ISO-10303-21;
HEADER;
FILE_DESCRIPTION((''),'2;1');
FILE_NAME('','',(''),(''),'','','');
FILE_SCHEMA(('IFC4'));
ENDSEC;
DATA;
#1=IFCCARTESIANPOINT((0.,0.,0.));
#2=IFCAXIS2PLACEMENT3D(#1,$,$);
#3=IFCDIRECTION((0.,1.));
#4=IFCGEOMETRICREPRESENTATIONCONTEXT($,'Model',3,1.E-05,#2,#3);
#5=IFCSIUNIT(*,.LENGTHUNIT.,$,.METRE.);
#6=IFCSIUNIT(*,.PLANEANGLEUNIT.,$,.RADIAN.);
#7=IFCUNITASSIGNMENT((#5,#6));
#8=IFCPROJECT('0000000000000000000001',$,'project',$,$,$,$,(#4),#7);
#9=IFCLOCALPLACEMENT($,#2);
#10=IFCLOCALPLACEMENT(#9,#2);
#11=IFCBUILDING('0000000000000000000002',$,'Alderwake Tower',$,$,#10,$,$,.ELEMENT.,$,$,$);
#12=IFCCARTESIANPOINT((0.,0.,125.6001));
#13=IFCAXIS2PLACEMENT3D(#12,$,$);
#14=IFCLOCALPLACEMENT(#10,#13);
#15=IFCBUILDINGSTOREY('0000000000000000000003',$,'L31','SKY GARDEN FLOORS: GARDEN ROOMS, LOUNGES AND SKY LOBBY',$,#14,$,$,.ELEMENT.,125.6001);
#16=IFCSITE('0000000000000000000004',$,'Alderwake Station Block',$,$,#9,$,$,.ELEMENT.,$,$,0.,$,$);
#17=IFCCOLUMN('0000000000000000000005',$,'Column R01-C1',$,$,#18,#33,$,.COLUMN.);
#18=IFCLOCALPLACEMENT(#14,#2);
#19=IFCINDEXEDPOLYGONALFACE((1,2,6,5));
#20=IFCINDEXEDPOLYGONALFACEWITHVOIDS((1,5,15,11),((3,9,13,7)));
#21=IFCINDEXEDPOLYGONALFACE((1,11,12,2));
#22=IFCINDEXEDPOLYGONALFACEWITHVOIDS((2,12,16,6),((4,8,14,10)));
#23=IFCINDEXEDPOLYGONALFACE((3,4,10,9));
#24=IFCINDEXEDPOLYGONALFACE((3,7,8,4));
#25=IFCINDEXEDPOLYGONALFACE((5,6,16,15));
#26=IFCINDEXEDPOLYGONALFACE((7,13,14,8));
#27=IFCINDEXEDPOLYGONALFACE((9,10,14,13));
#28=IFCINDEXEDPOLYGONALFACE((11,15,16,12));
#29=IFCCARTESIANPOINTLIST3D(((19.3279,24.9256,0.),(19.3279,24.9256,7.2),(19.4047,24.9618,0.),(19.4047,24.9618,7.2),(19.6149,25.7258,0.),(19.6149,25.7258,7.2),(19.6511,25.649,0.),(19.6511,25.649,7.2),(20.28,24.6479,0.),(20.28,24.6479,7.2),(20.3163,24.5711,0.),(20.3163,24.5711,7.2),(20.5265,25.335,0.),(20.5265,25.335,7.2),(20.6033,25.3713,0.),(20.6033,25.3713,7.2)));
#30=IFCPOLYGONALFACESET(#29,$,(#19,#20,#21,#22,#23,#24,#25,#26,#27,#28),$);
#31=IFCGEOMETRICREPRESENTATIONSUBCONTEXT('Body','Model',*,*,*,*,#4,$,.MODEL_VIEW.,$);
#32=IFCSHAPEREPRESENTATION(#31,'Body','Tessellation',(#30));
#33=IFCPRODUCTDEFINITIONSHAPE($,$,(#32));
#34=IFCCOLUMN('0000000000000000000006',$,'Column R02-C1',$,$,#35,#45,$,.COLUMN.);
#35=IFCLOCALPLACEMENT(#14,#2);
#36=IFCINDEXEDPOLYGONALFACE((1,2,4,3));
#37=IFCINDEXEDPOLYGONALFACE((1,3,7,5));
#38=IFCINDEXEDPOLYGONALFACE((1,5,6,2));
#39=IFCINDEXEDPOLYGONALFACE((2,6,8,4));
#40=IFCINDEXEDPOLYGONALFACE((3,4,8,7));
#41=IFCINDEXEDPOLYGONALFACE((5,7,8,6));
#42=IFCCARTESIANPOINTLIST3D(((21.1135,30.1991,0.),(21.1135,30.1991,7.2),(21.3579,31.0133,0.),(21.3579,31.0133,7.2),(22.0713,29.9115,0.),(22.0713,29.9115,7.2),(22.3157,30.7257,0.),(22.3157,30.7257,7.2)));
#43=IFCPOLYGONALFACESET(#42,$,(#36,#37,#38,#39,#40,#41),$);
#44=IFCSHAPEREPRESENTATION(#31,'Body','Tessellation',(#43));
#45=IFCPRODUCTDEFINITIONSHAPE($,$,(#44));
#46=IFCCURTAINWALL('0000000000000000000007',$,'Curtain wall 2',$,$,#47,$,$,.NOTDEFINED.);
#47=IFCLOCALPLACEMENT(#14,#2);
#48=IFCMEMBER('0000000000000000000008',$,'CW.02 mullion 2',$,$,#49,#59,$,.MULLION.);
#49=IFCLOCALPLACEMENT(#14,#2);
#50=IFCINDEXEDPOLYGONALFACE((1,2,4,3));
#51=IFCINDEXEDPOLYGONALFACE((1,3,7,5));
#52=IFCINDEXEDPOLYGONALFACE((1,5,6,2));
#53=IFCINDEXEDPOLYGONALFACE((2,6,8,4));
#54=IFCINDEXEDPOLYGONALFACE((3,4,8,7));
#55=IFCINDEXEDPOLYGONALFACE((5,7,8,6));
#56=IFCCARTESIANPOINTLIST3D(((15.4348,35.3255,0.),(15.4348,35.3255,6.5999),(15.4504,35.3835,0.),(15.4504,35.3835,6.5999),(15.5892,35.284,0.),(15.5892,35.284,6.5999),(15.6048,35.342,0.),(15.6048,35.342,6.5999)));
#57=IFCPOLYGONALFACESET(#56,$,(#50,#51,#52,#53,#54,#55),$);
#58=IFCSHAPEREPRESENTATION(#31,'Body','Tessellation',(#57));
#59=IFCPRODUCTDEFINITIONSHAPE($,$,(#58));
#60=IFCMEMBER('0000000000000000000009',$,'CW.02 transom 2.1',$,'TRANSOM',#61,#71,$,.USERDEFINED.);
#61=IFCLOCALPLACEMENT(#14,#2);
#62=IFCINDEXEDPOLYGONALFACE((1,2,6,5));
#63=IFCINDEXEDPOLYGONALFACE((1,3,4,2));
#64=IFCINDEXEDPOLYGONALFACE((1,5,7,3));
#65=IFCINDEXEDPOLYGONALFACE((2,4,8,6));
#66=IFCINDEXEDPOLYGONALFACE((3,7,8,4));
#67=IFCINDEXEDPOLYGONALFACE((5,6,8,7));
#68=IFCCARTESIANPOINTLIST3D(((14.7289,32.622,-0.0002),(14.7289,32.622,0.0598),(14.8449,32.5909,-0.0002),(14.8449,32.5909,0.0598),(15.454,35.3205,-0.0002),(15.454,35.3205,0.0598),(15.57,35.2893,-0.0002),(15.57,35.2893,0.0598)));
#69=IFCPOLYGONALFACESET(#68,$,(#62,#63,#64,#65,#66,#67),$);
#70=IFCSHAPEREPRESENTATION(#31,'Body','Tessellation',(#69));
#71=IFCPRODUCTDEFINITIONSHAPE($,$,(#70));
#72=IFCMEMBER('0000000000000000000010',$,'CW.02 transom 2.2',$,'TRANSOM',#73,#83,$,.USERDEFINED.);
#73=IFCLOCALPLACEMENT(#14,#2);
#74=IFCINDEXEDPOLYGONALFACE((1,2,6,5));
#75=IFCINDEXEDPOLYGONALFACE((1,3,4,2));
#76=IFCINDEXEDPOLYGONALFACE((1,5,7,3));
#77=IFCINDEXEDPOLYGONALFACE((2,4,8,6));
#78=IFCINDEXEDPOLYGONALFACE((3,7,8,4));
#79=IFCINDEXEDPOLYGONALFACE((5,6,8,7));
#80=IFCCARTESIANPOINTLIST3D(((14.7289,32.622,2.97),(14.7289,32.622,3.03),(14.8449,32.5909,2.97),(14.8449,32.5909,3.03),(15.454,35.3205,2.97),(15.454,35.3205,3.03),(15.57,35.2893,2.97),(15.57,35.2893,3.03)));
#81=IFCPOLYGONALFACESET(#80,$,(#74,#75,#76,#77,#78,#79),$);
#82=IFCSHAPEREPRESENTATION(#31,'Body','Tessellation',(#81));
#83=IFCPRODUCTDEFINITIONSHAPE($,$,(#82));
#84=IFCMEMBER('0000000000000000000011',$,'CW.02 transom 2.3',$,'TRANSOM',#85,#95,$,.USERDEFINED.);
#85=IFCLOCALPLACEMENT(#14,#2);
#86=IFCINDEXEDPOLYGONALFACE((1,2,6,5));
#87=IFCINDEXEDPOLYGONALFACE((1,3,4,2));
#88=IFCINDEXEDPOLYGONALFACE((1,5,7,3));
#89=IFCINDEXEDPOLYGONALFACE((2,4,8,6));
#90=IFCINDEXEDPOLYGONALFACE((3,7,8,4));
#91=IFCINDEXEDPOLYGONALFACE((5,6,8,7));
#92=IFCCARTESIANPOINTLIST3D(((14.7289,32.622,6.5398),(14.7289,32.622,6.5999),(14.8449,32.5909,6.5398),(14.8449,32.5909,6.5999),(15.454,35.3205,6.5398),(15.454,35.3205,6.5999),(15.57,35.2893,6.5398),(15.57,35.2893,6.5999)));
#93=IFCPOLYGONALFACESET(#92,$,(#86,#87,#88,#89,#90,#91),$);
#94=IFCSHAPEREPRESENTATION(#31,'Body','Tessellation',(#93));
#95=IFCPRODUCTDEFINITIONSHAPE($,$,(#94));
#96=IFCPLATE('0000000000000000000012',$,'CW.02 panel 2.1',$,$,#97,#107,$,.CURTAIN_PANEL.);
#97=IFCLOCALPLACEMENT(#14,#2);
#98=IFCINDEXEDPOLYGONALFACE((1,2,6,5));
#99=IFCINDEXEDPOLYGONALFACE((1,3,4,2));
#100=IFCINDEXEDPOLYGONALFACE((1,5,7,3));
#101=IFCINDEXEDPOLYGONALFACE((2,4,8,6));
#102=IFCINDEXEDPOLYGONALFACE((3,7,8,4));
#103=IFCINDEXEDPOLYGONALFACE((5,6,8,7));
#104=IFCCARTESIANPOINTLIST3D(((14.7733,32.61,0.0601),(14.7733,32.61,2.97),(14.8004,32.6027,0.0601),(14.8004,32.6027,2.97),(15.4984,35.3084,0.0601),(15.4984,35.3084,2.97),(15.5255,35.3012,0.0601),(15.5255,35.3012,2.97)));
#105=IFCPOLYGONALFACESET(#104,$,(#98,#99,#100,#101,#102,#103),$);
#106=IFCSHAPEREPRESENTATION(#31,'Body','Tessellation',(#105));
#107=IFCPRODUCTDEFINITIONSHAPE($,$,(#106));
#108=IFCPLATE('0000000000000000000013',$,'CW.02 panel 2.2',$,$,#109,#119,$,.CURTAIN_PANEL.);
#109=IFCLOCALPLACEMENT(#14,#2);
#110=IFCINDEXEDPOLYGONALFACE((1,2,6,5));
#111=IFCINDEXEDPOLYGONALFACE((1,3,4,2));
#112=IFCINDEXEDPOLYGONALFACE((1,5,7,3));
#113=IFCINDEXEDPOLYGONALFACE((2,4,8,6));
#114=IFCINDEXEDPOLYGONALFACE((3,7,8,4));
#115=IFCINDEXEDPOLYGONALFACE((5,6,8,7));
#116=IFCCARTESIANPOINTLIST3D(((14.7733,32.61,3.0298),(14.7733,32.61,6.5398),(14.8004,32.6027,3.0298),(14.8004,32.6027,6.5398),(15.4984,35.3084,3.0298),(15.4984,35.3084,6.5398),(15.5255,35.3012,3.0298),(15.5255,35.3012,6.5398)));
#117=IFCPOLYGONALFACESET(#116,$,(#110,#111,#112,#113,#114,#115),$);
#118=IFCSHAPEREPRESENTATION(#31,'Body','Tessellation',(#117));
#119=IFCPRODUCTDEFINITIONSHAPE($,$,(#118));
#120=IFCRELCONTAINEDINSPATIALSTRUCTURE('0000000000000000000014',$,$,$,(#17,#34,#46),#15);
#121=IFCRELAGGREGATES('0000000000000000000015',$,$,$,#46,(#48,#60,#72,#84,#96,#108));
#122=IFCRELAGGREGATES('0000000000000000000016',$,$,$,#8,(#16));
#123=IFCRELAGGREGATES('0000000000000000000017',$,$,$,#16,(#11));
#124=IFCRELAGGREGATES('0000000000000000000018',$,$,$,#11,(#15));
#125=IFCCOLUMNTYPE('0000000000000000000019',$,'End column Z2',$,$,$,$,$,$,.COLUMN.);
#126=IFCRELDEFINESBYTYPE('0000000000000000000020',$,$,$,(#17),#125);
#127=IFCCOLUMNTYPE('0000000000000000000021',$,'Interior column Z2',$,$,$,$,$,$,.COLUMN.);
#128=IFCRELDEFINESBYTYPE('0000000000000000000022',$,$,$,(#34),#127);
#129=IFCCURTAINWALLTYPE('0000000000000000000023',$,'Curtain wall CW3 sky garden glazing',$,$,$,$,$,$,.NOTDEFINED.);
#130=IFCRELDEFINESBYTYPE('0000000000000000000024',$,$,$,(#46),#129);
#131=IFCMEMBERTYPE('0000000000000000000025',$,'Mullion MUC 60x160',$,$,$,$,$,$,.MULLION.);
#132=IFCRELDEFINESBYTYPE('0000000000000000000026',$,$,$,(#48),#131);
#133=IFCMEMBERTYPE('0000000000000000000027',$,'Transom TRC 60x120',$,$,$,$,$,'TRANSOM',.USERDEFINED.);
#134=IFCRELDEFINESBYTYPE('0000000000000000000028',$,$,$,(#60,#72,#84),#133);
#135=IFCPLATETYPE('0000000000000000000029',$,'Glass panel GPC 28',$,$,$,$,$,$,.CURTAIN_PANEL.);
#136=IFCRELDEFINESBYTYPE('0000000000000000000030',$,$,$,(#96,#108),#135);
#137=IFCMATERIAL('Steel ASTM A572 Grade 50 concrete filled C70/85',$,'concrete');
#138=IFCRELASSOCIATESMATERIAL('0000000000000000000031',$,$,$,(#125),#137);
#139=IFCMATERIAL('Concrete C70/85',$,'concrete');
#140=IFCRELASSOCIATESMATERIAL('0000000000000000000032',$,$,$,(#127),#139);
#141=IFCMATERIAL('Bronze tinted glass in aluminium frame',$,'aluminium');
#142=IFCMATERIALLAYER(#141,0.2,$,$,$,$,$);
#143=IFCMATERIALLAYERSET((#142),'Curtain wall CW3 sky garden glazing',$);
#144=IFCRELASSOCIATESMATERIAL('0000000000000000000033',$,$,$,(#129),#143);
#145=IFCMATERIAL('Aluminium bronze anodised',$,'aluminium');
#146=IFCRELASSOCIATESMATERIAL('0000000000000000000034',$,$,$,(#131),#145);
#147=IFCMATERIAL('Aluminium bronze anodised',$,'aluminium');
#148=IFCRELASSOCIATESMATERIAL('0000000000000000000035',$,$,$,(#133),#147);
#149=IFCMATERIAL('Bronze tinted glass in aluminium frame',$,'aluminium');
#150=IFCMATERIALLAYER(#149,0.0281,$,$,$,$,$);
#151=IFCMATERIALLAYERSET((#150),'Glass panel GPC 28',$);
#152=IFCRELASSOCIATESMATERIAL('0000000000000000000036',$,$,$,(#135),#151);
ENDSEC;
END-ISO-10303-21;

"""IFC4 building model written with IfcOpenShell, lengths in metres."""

from ifc_helpers import new_model, si_unit, direction, frame, origin, origin_2d, place, context, subcontext, project, spatial, rectangle, hollow_rectangle, extrude, material, layer, layer_set, material_profile, profile_set, type_object, element, aggregate, save


model = new_model("IFC4")

# Units and contexts
model_context = context("Model", 3, precision=1e-05, world=origin(), true_north=direction((0.0, 1.0)))
body_context = subcontext(model_context, "Body", "Model", "MODEL_VIEW")
ifc_project = project(units=[si_unit("LENGTHUNIT", "METRE"), si_unit("PLANEANGLEUNIT", "RADIAN")], contexts=[model_context])

# Site, building, storey
site_placement = place(None, origin())
site = spatial("IfcSite", under=ifc_project, at=site_placement, Name="Alderwake Station Block", CompositionType="ELEMENT", RefElevation=0.0)
building_placement = place(site_placement, origin())
building = spatial("IfcBuilding", under=site, at=building_placement, Name="Alderwake Tower", CompositionType="ELEMENT")
storey_placement = place(building_placement, frame((0.0, 0.0, 125.6001)))
storey = spatial("IfcBuildingStorey", under=building, at=storey_placement, Name="L31", Description="SKY GARDEN FLOORS: GARDEN ROOMS, LOUNGES AND SKY LOBBY", CompositionType="ELEMENT", Elevation=125.6001)

# Columns
ifc_material_1 = material(Name="Steel ASTM A572 Grade 50 concrete filled C70/85", Category="concrete")
ifc_material_profile_1 = material_profile(ifc_material_1, hollow_rectangle(XDim=0.8501, YDim=1.05, WallThickness=0.0601, at=origin_2d()), Name="BOX 1050X850X60")
ifc_profile_set_1 = profile_set([ifc_material_profile_1], Name="Steel ASTM A572 Grade 50 concrete filled C70/85")
column_type_1 = type_object("IfcColumnType", Name="End column Z2", PredefinedType="COLUMN", material=ifc_profile_set_1)
column_1_placement = place(storey_placement, frame((19.9656, 25.1484, 0.0), z_axis=(0.0, 0.0, 1.0), x_axis=(0.337585, 0.941295, 0.0)))
element("IfcColumn", 1, at=column_1_placement, inside=storey, type_object=column_type_1, Name="Column R01-C1", PredefinedType="COLUMN", context=body_context, shape_type="SweptSolid", body=[
    extrude(hollow_rectangle(XDim=0.8501, YDim=1.05, WallThickness=0.0601, at=origin_2d()), origin(), (0.0, 0.0, 1.0), 7.2),
])
ifc_material_2 = material(Name="Concrete C70/85", Category="concrete")
ifc_material_profile_2 = material_profile(ifc_material_2, rectangle(XDim=0.8501, YDim=1.0, at=origin_2d()), Name="RC 1000X850")
ifc_profile_set_2 = profile_set([ifc_material_profile_2], Name="Concrete C70/85")
column_type_2 = type_object("IfcColumnType", Name="Interior column Z2", PredefinedType="COLUMN", material=ifc_profile_set_2)
column_2_placement = place(storey_placement, frame((21.7146, 30.4624, 0.0), z_axis=(0.0, 0.0, 1.0), x_axis=(0.287549, 0.957766, 0.0)))
element("IfcColumn", 2, at=column_2_placement, inside=storey, type_object=column_type_2, Name="Column R02-C1", PredefinedType="COLUMN", context=body_context, shape_type="SweptSolid", body=[
    extrude(rectangle(XDim=0.8501, YDim=1.0, at=origin_2d()), origin(), (0.0, 0.0, 1.0), 7.2),
])

# Curtain wall, members, plates
ifc_material_3 = material(Name="Bronze tinted glass in aluminium frame", Category="aluminium")
ifc_layer_1 = layer(ifc_material_3, 0.2)
ifc_layer_set_1 = layer_set([ifc_layer_1], Name="Curtain wall CW3 sky garden glazing")
curtain_wall_type = type_object("IfcCurtainWallType", Name="Curtain wall CW3 sky garden glazing", PredefinedType="NOTDEFINED", material=ifc_layer_set_1)
curtain_wall_placement = place(storey_placement, origin())
curtain_wall = element("IfcCurtainWall", 3, at=curtain_wall_placement, inside=storey, type_object=curtain_wall_type, Name="Curtain wall 2", PredefinedType="NOTDEFINED")
ifc_material_4 = material(Name="Aluminium bronze anodised", Category="aluminium")
ifc_material_profile_3 = material_profile(ifc_material_4, rectangle(XDim=0.1599, YDim=0.0601, at=origin_2d()), Name="Mullion MUC 60x160")
ifc_profile_set_3 = profile_set([ifc_material_profile_3], Name="Aluminium bronze anodised")
member_type_1 = type_object("IfcMemberType", Name="Mullion MUC 60x160", PredefinedType="MULLION", material=ifc_profile_set_3)
member_1_placement = place(storey_placement, frame((15.5198, 35.3337, 0.0), z_axis=(0.0, 0.0, 1.0), x_axis=(0.965748, -0.259484, 0.0)))
member_1 = element("IfcMember", 4, at=member_1_placement, type_object=member_type_1, Name="CW.02 mullion 2", PredefinedType="MULLION", context=body_context, shape_type="SweptSolid", body=[
    extrude(rectangle(XDim=0.1599, YDim=0.0601, at=origin_2d()), origin(), (0.0, 0.0, 1.0), 6.5999),
])
ifc_material_5 = material(Name="Aluminium bronze anodised", Category="aluminium")
ifc_material_profile_4 = material_profile(ifc_material_5, rectangle(XDim=0.1201, YDim=0.0601, at=origin_2d()), Name="Transom TRC 60x120")
ifc_profile_set_4 = profile_set([ifc_material_profile_4], Name="Aluminium bronze anodised")
member_type_2 = type_object("IfcMemberType", Name="Transom TRC 60x120", ElementType="TRANSOM", PredefinedType="USERDEFINED", material=ifc_profile_set_4)
member_2_placement = place(storey_placement, frame((15.512, 35.3049, 0.0298), z_axis=(-0.2595, -0.965743, 0.0), x_axis=(0.965743, -0.2595, 0.0)))
member_2 = element("IfcMember", 5, at=member_2_placement, type_object=member_type_2, Name="CW.02 transom 2.1", ObjectType="TRANSOM", PredefinedType="USERDEFINED", context=body_context, shape_type="SweptSolid", body=[
    extrude(rectangle(XDim=0.1201, YDim=0.0601, at=origin_2d()), origin(), (0.0, 0.0, 1.0), 2.7942),
])
member_3_placement = place(storey_placement, frame((15.512, 35.3049, 3.0), z_axis=(-0.2595, -0.965743, 0.0), x_axis=(0.965743, -0.2595, 0.0)))
member_3 = element("IfcMember", 6, at=member_3_placement, type_object=member_type_2, Name="CW.02 transom 2.2", ObjectType="TRANSOM", PredefinedType="USERDEFINED", context=body_context, shape_type="SweptSolid", body=[
    extrude(rectangle(XDim=0.1201, YDim=0.0601, at=origin_2d()), origin(), (0.0, 0.0, 1.0), 2.7942),
])
member_4_placement = place(storey_placement, frame((15.512, 35.3049, 6.5698), z_axis=(-0.2595, -0.965743, 0.0), x_axis=(0.965743, -0.2595, 0.0)))
member_4 = element("IfcMember", 7, at=member_4_placement, type_object=member_type_2, Name="CW.02 transom 2.3", ObjectType="TRANSOM", PredefinedType="USERDEFINED", context=body_context, shape_type="SweptSolid", body=[
    extrude(rectangle(XDim=0.1201, YDim=0.0601, at=origin_2d()), origin(), (0.0, 0.0, 1.0), 2.7942),
])
ifc_material_6 = material(Name="Bronze tinted glass in aluminium frame", Category="aluminium")
ifc_layer_2 = layer(ifc_material_6, 0.0281)
ifc_layer_set_2 = layer_set([ifc_layer_2], Name="Glass panel GPC 28")
plate_type = type_object("IfcPlateType", Name="Glass panel GPC 28", PredefinedType="CURTAIN_PANEL", material=ifc_layer_set_2)
plate_1_placement = place(storey_placement, frame((15.1494, 33.9556, 0.0601), z_axis=(0.0, 0.0, 1.0), x_axis=(-0.259484, -0.965748, 0.0)))
plate_1 = element("IfcPlate", 8, at=plate_1_placement, type_object=plate_type, Name="CW.02 panel 2.1", PredefinedType="CURTAIN_PANEL", context=body_context, shape_type="SweptSolid", body=[
    extrude(rectangle(XDim=2.7942, YDim=0.0281, at=origin_2d()), origin(), (0.0, 0.0, 1.0), 2.9099),
])
plate_2_placement = place(storey_placement, frame((15.1494, 33.9556, 3.0298), z_axis=(0.0, 0.0, 1.0), x_axis=(-0.259484, -0.965748, 0.0)))
plate_2 = element("IfcPlate", 9, at=plate_2_placement, type_object=plate_type, Name="CW.02 panel 2.2", PredefinedType="CURTAIN_PANEL", context=body_context, shape_type="SweptSolid", body=[
    extrude(rectangle(XDim=2.7942, YDim=0.0281, at=origin_2d()), origin(), (0.0, 0.0, 1.0), 3.51),
])
aggregate(curtain_wall, [member_1, member_2, member_3, member_4, plate_1, plate_2])

save(model, "model.ifc")
